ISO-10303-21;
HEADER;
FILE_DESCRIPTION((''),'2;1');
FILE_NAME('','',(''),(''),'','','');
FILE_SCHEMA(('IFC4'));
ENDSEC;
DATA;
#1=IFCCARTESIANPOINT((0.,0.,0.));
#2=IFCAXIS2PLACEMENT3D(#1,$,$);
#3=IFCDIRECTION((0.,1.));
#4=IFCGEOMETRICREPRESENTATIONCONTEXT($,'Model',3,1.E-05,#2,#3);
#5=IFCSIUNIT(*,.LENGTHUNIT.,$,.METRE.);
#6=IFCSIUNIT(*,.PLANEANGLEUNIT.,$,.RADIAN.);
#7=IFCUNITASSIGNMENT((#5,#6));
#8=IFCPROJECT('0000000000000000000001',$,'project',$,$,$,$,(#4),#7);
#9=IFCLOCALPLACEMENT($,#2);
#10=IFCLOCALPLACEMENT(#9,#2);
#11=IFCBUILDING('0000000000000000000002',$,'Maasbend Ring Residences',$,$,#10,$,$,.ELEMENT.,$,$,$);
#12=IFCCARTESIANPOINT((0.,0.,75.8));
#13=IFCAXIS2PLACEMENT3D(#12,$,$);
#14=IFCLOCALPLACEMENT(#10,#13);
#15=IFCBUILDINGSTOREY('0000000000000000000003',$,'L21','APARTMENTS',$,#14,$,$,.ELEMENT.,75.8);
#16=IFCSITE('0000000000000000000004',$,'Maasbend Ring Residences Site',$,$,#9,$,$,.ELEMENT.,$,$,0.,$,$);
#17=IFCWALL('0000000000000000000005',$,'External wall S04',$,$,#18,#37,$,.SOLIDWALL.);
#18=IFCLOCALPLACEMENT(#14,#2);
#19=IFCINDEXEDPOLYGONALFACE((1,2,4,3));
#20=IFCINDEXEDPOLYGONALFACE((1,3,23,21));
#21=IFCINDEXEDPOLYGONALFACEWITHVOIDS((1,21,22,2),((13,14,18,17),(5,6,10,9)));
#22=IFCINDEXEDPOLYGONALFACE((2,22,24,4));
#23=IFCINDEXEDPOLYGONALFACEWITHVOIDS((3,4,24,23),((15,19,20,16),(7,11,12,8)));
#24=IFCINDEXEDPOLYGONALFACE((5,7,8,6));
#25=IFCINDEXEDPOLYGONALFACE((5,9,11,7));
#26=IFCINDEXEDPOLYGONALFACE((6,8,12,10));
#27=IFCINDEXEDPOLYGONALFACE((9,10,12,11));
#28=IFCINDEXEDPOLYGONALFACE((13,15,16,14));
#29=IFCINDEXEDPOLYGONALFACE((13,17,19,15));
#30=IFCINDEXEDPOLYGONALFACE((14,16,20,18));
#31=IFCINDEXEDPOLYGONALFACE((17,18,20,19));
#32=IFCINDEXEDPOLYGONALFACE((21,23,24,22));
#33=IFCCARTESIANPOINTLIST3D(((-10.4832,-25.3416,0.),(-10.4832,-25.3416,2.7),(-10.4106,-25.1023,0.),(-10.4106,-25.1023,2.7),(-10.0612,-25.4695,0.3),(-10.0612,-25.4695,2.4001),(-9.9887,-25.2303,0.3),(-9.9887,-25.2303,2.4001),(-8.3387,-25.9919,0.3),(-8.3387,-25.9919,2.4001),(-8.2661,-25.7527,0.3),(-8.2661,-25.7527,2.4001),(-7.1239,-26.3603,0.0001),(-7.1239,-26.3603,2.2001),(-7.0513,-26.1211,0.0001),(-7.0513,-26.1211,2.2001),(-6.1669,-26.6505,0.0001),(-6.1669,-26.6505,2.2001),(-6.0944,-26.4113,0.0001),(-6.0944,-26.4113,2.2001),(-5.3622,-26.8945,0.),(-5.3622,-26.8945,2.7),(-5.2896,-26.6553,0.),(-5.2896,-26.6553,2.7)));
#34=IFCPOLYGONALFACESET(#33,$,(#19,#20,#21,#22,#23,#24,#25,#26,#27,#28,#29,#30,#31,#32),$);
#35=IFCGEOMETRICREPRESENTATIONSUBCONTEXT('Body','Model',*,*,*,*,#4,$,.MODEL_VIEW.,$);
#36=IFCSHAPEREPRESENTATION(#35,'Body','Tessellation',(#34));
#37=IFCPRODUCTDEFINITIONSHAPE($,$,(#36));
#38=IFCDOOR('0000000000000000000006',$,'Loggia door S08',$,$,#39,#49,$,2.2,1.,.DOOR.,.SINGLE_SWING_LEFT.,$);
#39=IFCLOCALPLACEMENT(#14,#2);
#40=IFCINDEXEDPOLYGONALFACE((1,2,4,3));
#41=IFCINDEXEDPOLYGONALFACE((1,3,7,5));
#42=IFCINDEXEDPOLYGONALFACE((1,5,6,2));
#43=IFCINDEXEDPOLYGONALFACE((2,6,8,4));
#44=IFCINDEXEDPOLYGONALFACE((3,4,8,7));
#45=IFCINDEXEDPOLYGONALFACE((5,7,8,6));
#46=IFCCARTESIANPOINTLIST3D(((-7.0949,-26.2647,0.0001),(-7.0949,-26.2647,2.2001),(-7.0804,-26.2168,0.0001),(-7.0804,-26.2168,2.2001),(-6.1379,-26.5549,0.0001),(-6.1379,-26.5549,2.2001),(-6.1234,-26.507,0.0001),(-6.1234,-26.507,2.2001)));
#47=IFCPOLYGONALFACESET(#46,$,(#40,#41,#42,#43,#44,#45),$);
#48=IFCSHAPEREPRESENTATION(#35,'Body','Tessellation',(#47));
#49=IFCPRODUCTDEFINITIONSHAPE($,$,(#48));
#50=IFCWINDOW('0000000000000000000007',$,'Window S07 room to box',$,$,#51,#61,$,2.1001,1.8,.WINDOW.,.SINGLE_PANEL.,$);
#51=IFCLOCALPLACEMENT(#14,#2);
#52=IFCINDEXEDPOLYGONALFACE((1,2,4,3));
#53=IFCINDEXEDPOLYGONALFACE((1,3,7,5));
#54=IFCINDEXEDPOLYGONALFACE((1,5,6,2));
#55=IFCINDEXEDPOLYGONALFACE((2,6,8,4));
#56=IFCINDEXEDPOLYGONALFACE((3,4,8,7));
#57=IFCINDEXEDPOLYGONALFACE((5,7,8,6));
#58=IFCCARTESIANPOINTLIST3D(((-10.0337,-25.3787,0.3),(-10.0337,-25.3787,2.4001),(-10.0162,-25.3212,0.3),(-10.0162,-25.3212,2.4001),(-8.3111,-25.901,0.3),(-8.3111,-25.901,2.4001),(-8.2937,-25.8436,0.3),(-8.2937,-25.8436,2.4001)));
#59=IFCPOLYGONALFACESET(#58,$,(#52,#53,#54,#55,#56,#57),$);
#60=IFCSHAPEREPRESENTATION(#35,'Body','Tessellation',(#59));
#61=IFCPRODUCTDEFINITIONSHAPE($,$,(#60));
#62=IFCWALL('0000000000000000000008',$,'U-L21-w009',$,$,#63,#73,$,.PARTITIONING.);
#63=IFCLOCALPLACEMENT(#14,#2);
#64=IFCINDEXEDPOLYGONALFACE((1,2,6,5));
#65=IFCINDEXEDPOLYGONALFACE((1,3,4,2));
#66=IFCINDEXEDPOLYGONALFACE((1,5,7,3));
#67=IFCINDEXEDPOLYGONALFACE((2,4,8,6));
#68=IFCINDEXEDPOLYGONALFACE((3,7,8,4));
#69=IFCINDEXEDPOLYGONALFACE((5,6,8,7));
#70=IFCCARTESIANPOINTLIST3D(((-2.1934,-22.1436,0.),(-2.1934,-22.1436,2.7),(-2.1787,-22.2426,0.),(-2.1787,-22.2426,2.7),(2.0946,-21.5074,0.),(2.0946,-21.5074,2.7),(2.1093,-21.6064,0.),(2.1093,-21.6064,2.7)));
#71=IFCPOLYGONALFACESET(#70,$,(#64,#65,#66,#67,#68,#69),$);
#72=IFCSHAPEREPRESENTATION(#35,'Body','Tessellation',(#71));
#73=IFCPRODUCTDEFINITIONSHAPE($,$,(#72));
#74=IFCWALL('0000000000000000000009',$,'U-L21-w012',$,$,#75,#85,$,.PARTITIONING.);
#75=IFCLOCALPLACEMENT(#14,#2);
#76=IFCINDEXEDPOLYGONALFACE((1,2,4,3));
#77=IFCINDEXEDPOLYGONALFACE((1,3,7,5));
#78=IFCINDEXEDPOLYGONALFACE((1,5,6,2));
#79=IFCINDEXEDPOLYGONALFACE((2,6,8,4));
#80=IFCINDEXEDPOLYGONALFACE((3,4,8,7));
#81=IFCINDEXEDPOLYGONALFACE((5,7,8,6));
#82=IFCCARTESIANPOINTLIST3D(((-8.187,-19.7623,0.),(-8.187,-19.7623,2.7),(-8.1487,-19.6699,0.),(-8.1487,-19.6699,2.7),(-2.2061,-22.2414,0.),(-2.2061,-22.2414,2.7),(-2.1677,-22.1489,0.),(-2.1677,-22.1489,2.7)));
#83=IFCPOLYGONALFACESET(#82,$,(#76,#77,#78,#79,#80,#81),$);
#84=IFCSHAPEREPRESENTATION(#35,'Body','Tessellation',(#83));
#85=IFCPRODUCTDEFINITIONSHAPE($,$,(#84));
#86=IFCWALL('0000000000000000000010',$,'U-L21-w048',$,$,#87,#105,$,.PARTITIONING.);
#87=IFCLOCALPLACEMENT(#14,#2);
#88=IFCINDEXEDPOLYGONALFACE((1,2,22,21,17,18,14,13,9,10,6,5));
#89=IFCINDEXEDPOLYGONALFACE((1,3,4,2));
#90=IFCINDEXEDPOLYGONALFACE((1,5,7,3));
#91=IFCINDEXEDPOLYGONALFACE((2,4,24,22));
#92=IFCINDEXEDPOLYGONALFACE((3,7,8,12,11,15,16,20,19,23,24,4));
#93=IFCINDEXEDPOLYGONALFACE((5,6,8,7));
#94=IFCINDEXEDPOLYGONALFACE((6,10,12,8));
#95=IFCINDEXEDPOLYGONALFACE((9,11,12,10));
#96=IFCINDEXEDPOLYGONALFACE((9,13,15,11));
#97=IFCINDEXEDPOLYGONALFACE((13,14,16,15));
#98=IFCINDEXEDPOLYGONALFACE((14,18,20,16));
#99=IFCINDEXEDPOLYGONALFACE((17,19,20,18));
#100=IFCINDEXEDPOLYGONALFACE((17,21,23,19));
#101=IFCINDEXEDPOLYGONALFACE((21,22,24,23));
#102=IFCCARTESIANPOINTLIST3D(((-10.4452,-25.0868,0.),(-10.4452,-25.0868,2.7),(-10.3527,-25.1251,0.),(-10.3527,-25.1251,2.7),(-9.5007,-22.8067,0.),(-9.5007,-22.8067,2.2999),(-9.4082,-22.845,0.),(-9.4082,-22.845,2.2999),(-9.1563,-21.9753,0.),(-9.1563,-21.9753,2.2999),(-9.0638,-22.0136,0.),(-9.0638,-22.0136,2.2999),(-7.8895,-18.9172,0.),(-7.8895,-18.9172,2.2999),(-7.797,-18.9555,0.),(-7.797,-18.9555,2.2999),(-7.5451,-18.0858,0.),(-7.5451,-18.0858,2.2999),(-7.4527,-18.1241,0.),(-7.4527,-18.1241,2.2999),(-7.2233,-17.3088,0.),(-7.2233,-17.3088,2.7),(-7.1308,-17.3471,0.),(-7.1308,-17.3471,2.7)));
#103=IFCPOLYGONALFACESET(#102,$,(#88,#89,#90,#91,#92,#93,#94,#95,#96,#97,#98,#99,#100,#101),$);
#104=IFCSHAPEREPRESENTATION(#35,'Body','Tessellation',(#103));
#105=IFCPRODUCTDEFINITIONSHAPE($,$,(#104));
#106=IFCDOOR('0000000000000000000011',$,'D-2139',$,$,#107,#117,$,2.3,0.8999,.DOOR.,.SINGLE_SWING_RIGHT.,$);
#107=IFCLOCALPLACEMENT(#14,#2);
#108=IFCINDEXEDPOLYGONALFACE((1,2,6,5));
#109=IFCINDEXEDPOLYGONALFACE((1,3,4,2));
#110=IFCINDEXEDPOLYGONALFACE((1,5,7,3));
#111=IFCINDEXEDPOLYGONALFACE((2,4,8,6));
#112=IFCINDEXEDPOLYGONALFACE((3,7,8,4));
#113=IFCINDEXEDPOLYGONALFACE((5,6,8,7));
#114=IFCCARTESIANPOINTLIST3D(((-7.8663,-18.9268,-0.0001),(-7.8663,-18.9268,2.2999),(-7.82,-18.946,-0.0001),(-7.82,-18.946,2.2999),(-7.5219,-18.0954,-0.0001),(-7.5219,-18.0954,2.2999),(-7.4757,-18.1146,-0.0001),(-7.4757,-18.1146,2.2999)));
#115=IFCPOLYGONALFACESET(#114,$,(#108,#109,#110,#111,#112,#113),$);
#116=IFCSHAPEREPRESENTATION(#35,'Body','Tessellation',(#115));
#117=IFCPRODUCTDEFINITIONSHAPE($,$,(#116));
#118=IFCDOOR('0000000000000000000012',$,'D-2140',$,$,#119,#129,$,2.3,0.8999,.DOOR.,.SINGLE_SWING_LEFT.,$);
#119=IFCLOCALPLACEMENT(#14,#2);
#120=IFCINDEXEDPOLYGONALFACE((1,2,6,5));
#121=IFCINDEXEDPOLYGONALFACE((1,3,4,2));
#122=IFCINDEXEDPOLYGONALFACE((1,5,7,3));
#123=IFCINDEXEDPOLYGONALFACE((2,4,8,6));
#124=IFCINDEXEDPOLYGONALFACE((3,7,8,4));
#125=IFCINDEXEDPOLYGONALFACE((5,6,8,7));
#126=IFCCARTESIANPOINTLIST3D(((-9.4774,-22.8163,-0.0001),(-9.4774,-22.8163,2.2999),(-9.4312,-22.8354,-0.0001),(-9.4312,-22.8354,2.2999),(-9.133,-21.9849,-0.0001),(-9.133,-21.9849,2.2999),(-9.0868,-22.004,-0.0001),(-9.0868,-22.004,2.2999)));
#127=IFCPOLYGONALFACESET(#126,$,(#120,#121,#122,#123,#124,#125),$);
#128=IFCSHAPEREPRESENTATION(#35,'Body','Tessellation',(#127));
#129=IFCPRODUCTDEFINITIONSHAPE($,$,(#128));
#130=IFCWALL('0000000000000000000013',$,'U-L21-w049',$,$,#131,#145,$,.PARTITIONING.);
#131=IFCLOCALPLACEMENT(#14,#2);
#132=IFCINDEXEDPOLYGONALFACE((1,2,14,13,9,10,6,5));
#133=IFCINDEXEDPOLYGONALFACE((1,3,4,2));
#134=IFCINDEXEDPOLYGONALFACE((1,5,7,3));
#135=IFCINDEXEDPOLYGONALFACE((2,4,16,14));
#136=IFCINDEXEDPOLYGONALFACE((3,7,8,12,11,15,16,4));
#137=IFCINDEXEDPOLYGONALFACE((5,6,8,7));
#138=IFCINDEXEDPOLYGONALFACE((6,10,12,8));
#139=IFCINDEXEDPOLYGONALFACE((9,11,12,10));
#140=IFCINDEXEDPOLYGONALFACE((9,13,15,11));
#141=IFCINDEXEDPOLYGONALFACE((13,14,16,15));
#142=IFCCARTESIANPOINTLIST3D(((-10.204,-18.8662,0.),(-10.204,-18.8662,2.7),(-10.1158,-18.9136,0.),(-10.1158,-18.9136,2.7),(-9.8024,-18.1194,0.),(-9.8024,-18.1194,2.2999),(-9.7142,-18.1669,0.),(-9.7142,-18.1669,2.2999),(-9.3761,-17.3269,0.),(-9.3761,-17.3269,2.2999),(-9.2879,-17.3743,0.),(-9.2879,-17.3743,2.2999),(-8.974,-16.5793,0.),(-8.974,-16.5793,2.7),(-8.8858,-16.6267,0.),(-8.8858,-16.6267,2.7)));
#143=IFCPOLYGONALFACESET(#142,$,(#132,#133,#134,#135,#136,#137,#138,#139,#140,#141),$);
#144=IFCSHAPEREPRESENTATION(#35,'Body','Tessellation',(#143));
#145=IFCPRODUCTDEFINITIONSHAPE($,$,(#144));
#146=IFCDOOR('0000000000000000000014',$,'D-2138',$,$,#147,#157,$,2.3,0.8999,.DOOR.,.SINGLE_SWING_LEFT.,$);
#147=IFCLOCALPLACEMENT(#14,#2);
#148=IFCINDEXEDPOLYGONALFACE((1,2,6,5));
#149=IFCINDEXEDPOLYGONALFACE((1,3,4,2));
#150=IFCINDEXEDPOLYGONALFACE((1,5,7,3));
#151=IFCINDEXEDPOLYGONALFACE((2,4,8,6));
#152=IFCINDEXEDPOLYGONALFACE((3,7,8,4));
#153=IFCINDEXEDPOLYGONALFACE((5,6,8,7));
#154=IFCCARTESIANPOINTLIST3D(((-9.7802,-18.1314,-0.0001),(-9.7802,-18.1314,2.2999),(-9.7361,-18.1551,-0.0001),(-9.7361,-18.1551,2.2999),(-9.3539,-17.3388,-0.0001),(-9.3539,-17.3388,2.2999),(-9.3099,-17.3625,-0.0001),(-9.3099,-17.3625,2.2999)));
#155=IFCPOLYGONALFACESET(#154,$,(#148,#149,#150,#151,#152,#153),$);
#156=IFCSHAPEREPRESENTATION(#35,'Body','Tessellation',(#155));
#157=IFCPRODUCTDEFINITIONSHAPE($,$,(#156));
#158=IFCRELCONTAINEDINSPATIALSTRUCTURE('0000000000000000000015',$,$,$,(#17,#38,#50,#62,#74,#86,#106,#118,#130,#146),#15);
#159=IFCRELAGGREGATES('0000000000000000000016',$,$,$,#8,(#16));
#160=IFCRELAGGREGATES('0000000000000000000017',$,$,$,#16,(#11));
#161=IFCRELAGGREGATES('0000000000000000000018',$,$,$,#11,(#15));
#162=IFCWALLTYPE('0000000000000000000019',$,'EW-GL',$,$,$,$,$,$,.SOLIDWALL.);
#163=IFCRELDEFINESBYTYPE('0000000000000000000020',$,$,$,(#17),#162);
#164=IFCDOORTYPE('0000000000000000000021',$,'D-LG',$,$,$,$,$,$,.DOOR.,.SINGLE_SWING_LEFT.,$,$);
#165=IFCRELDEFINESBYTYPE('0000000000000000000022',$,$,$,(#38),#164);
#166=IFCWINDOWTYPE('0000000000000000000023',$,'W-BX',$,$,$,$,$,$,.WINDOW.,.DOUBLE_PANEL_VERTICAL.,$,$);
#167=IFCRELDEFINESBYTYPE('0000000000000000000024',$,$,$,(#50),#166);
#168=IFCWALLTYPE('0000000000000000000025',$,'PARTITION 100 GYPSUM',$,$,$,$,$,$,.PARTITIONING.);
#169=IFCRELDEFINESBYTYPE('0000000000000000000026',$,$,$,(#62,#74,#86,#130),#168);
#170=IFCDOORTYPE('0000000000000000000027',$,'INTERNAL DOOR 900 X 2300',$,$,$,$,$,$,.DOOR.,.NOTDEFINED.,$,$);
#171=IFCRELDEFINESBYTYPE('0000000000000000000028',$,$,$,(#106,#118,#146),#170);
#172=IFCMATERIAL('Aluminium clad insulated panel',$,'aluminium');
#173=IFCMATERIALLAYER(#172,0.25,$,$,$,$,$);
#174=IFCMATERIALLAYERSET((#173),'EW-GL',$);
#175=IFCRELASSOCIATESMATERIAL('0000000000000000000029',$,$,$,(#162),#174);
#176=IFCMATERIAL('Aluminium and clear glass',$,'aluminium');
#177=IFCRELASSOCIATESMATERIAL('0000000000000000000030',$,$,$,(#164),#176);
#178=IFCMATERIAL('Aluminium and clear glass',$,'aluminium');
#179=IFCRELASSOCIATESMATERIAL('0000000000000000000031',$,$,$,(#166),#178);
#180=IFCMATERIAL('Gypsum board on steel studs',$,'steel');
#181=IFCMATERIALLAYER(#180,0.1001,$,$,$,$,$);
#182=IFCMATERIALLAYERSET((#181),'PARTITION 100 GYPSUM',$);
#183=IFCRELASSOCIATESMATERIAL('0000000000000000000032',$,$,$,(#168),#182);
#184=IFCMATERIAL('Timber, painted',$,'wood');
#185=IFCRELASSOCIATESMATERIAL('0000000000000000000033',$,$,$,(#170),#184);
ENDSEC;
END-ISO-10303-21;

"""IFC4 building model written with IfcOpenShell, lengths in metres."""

from ifc_helpers import new_model, si_unit, direction, frame, frame_2d, origin, place, context, subcontext, project, spatial, rectangle, extrude, material, layer, layer_set, type_object, element, fill, save


model = new_model("IFC4")

# Units and contexts
model_context = context("Model", 3, precision=1e-05, world=origin(), true_north=direction((0.0, 1.0)))
body_context = subcontext(model_context, "Body", "Model", "MODEL_VIEW")
ifc_project = project(units=[si_unit("LENGTHUNIT", "METRE"), si_unit("PLANEANGLEUNIT", "RADIAN")], contexts=[model_context])

# Site, building, storey
site_placement = place(None, origin())
site = spatial("IfcSite", under=ifc_project, at=site_placement, Name="Maasbend Ring Residences Site", CompositionType="ELEMENT", RefElevation=0.0)
building_placement = place(site_placement, origin())
building = spatial("IfcBuilding", under=site, at=building_placement, Name="Maasbend Ring Residences", CompositionType="ELEMENT")
storey_placement = place(building_placement, frame((0.0, 0.0, 75.8)))
storey = spatial("IfcBuildingStorey", under=building, at=storey_placement, Name="L21", Description="APARTMENTS", CompositionType="ELEMENT", Elevation=75.8)

# Wall, openings, door, window
ifc_material_1 = material(Name="Aluminium clad insulated panel", Category="aluminium")
ifc_layer_1 = layer(ifc_material_1, 0.25)
ifc_layer_set_1 = layer_set([ifc_layer_1], Name="EW-GL")
wall_type_1 = type_object("IfcWallType", Name="EW-GL", PredefinedType="SOLIDWALL", material=ifc_layer_set_1)
wall_1_placement = place(storey_placement, frame((-10.447, -25.2219, 0.0), z_axis=(0.0, 0.0, 1.0), x_axis=(0.956966, -0.290201, 0.0)))
wall_1 = element("IfcWall", 1, at=wall_1_placement, inside=storey, type_object=wall_type_1, Name="External wall S04", PredefinedType="SOLIDWALL", context=body_context, shape_type="SweptSolid", body=[
    extrude(rectangle(XDim=5.3513, YDim=0.25, at=frame_2d((2.6758, 0.0))), origin(), (0.0, 0.0, 1.0), 2.7),
])
opening_1_placement = place(wall_1_placement, frame((0.4412, 0.0, 0.3)))
opening_1 = element("IfcOpeningElement", 2, at=opening_1_placement, cuts=wall_1, PredefinedType="OPENING", context=body_context, shape_type="SweptSolid", body=[
    extrude(rectangle(XDim=1.8, YDim=2.1001, at=frame_2d((0.8999, 1.05))), frame((0.0, 0.135, 0.0), z_axis=(0.0, -1.0, 0.0), x_axis=(1.0, 0.0, 0.0)), (0.0, 0.0, 1.0), 0.27),
])
opening_2_placement = place(wall_1_placement, frame((3.5105, 0.0, 0.0)))
opening_2 = element("IfcOpeningElement", 3, at=opening_2_placement, cuts=wall_1, PredefinedType="OPENING", context=body_context, shape_type="SweptSolid", body=[
    extrude(rectangle(XDim=1.0, YDim=2.2, at=frame_2d((0.5, 1.1001))), frame((0.0, 0.135, 0.0), z_axis=(0.0, -1.0, 0.0), x_axis=(1.0, 0.0, 0.0)), (0.0, 0.0, 1.0), 0.27),
])
ifc_material_2 = material(Name="Aluminium and clear glass", Category="aluminium")
door_type_1 = type_object("IfcDoorType", Name="D-LG", OperationType="SINGLE_SWING_LEFT", PredefinedType="DOOR", material=ifc_material_2)
door_1_placement = place(opening_2_placement, origin())
door_1 = element("IfcDoor", 4, at=door_1_placement, inside=storey, type_object=door_type_1, Name="Loggia door S08", OperationType="SINGLE_SWING_LEFT", OverallHeight=2.2, OverallWidth=1.0, PredefinedType="DOOR", context=body_context, shape_type="SweptSolid", body=[
    extrude(rectangle(XDim=1.0, YDim=2.2, at=frame_2d((0.5, 1.1001))), frame((0.0, 0.0249, 0.0), z_axis=(0.0, -1.0, 0.0), x_axis=(1.0, 0.0, 0.0)), (0.0, 0.0, 1.0), 0.05),
])
fill(opening_2, door_1)
ifc_material_3 = material(Name="Aluminium and clear glass", Category="aluminium")
window_type = type_object("IfcWindowType", Name="W-BX", PartitioningType="DOUBLE_PANEL_VERTICAL", PredefinedType="WINDOW", material=ifc_material_3)
window_placement = place(opening_1_placement, origin())
window = element("IfcWindow", 5, at=window_placement, inside=storey, type_object=window_type, Name="Window S07 room to box", OverallHeight=2.1001, OverallWidth=1.8, PartitioningType="SINGLE_PANEL", PredefinedType="WINDOW", context=body_context, shape_type="SweptSolid", body=[
    extrude(rectangle(XDim=1.8, YDim=2.1001, at=frame_2d((0.8999, 1.05))), frame((0.0, 0.03, 0.0), z_axis=(0.0, -1.0, 0.0), x_axis=(1.0, 0.0, 0.0)), (0.0, 0.0, 1.0), 0.0601),
])
fill(opening_1, window)

# Walls
ifc_material_4 = material(Name="Gypsum board on steel studs", Category="steel")
ifc_layer_2 = layer(ifc_material_4, 0.1001)
ifc_layer_set_2 = layer_set([ifc_layer_2], Name="PARTITION 100 GYPSUM")
wall_type_2 = type_object("IfcWallType", Name="PARTITION 100 GYPSUM", PredefinedType="PARTITIONING", material=ifc_layer_set_2)
wall_2_placement = place(storey_placement, frame((-2.186, -22.1931, 0.0), z_axis=(0.0, 0.0, 1.0), x_axis=(0.989171, 0.146765, 0.0)))
element("IfcWall", 6, at=wall_2_placement, inside=storey, type_object=wall_type_2, Name="U-L21-w009", PredefinedType="PARTITIONING", context=body_context, shape_type="SweptSolid", body=[
    extrude(rectangle(XDim=4.335, YDim=0.1001, at=frame_2d((2.1675, 0.0))), origin(), (0.0, 0.0, 1.0), 2.7),
])
wall_3_placement = place(storey_placement, frame((-8.168, -19.7161, 0.0), z_axis=(0.0, 0.0, 1.0), x_axis=(0.923792, -0.382896, 0.0)))
element("IfcWall", 7, at=wall_3_placement, inside=storey, type_object=wall_type_2, Name="U-L21-w012", PredefinedType="PARTITIONING", context=body_context, shape_type="SweptSolid", body=[
    extrude(rectangle(XDim=6.4744, YDim=0.1001, at=frame_2d((3.2373, 0.0))), origin(), (0.0, 0.0, 1.0), 2.7),
])

# Wall, openings, doors
wall_4_placement = place(storey_placement, frame((-10.3989, -25.106, 0.0), z_axis=(0.0, 0.0, 1.0), x_axis=(0.382698, 0.923874, 0.0)))
wall_4 = element("IfcWall", 8, at=wall_4_placement, inside=storey, type_object=wall_type_2, Name="U-L21-w048", PredefinedType="PARTITIONING", context=body_context, shape_type="SweptSolid", body=[
    extrude(rectangle(XDim=8.4189, YDim=0.1001, at=frame_2d((4.2095, 0.0))), origin(), (0.0, 0.0, 1.0), 2.7),
])
opening_3_placement = place(wall_4_placement, frame((6.678, 0.0, 0.0)))
opening_3 = element("IfcOpeningElement", 9, at=opening_3_placement, cuts=wall_4, PredefinedType="OPENING", context=body_context, shape_type="SweptSolid", body=[
    extrude(rectangle(XDim=0.8999, YDim=2.3, at=frame_2d((0.45, 1.1499))), frame((0.0, 0.0601, 0.0), z_axis=(0.0, -1.0, 0.0), x_axis=(1.0, 0.0, 0.0)), (0.0, 0.0, 1.0), 0.1201),
])
opening_4_placement = place(wall_4_placement, frame((2.468, 0.0, 0.0)))
opening_4 = element("IfcOpeningElement", 10, at=opening_4_placement, cuts=wall_4, PredefinedType="OPENING", context=body_context, shape_type="SweptSolid", body=[
    extrude(rectangle(XDim=0.8999, YDim=2.3, at=frame_2d((0.45, 1.1499))), frame((0.0, 0.0601, 0.0), z_axis=(0.0, -1.0, 0.0), x_axis=(1.0, 0.0, 0.0)), (0.0, 0.0, 1.0), 0.1201),
])
ifc_material_5 = material(Name="Timber, painted", Category="wood")
door_type_2 = type_object("IfcDoorType", Name="INTERNAL DOOR 900 X 2300", OperationType="NOTDEFINED", PredefinedType="DOOR", material=ifc_material_5)
door_2_placement = place(opening_3_placement, origin())
door_2 = element("IfcDoor", 11, at=door_2_placement, inside=storey, type_object=door_type_2, Name="D-2139", OperationType="SINGLE_SWING_RIGHT", OverallHeight=2.3, OverallWidth=0.8999, PredefinedType="DOOR", context=body_context, shape_type="SweptSolid", body=[
    extrude(rectangle(XDim=0.8999, YDim=2.3, at=frame_2d((0.45, 1.1499))), frame((0.0, 0.0249, 0.0), z_axis=(0.0, -1.0, 0.0), x_axis=(1.0, 0.0, 0.0)), (0.0, 0.0, 1.0), 0.05),
])
fill(opening_3, door_2)
door_3_placement = place(opening_4_placement, origin())
door_3 = element("IfcDoor", 12, at=door_3_placement, inside=storey, type_object=door_type_2, Name="D-2140", OperationType="SINGLE_SWING_LEFT", OverallHeight=2.3, OverallWidth=0.8999, PredefinedType="DOOR", context=body_context, shape_type="SweptSolid", body=[
    extrude(rectangle(XDim=0.8999, YDim=2.3, at=frame_2d((0.45, 1.1499))), frame((0.0, 0.0249, 0.0), z_axis=(0.0, -1.0, 0.0), x_axis=(1.0, 0.0, 0.0)), (0.0, 0.0, 1.0), 0.05),
])
fill(opening_4, door_3)

# Wall, opening, door
wall_5_placement = place(storey_placement, frame((-10.1599, -18.8899, 0.0), z_axis=(0.0, 0.0, 1.0), x_axis=(0.473679, 0.880697, 0.0)))
wall_5 = element("IfcWall", 13, at=wall_5_placement, inside=storey, type_object=wall_type_2, Name="U-L21-w049", PredefinedType="PARTITIONING", context=body_context, shape_type="SweptSolid", body=[
    extrude(rectangle(XDim=2.5967, YDim=0.1001, at=frame_2d((1.2983, 0.0))), origin(), (0.0, 0.0, 1.0), 2.7),
])
opening_5_placement = place(wall_5_placement, frame((0.8479, 0.0, 0.0)))
opening_5 = element("IfcOpeningElement", 14, at=opening_5_placement, cuts=wall_5, PredefinedType="OPENING", context=body_context, shape_type="SweptSolid", body=[
    extrude(rectangle(XDim=0.8999, YDim=2.3, at=frame_2d((0.45, 1.1499))), frame((0.0, 0.0601, 0.0), z_axis=(0.0, -1.0, 0.0), x_axis=(1.0, 0.0, 0.0)), (0.0, 0.0, 1.0), 0.1201),
])
door_4_placement = place(opening_5_placement, origin())
door_4 = element("IfcDoor", 15, at=door_4_placement, inside=storey, type_object=door_type_2, Name="D-2138", OperationType="SINGLE_SWING_LEFT", OverallHeight=2.3, OverallWidth=0.8999, PredefinedType="DOOR", context=body_context, shape_type="SweptSolid", body=[
    extrude(rectangle(XDim=0.8999, YDim=2.3, at=frame_2d((0.45, 1.1499))), frame((0.0, 0.0249, 0.0), z_axis=(0.0, -1.0, 0.0), x_axis=(1.0, 0.0, 0.0)), (0.0, 0.0, 1.0), 0.05),
])
fill(opening_5, door_4)

save(model, "model.ifc")
